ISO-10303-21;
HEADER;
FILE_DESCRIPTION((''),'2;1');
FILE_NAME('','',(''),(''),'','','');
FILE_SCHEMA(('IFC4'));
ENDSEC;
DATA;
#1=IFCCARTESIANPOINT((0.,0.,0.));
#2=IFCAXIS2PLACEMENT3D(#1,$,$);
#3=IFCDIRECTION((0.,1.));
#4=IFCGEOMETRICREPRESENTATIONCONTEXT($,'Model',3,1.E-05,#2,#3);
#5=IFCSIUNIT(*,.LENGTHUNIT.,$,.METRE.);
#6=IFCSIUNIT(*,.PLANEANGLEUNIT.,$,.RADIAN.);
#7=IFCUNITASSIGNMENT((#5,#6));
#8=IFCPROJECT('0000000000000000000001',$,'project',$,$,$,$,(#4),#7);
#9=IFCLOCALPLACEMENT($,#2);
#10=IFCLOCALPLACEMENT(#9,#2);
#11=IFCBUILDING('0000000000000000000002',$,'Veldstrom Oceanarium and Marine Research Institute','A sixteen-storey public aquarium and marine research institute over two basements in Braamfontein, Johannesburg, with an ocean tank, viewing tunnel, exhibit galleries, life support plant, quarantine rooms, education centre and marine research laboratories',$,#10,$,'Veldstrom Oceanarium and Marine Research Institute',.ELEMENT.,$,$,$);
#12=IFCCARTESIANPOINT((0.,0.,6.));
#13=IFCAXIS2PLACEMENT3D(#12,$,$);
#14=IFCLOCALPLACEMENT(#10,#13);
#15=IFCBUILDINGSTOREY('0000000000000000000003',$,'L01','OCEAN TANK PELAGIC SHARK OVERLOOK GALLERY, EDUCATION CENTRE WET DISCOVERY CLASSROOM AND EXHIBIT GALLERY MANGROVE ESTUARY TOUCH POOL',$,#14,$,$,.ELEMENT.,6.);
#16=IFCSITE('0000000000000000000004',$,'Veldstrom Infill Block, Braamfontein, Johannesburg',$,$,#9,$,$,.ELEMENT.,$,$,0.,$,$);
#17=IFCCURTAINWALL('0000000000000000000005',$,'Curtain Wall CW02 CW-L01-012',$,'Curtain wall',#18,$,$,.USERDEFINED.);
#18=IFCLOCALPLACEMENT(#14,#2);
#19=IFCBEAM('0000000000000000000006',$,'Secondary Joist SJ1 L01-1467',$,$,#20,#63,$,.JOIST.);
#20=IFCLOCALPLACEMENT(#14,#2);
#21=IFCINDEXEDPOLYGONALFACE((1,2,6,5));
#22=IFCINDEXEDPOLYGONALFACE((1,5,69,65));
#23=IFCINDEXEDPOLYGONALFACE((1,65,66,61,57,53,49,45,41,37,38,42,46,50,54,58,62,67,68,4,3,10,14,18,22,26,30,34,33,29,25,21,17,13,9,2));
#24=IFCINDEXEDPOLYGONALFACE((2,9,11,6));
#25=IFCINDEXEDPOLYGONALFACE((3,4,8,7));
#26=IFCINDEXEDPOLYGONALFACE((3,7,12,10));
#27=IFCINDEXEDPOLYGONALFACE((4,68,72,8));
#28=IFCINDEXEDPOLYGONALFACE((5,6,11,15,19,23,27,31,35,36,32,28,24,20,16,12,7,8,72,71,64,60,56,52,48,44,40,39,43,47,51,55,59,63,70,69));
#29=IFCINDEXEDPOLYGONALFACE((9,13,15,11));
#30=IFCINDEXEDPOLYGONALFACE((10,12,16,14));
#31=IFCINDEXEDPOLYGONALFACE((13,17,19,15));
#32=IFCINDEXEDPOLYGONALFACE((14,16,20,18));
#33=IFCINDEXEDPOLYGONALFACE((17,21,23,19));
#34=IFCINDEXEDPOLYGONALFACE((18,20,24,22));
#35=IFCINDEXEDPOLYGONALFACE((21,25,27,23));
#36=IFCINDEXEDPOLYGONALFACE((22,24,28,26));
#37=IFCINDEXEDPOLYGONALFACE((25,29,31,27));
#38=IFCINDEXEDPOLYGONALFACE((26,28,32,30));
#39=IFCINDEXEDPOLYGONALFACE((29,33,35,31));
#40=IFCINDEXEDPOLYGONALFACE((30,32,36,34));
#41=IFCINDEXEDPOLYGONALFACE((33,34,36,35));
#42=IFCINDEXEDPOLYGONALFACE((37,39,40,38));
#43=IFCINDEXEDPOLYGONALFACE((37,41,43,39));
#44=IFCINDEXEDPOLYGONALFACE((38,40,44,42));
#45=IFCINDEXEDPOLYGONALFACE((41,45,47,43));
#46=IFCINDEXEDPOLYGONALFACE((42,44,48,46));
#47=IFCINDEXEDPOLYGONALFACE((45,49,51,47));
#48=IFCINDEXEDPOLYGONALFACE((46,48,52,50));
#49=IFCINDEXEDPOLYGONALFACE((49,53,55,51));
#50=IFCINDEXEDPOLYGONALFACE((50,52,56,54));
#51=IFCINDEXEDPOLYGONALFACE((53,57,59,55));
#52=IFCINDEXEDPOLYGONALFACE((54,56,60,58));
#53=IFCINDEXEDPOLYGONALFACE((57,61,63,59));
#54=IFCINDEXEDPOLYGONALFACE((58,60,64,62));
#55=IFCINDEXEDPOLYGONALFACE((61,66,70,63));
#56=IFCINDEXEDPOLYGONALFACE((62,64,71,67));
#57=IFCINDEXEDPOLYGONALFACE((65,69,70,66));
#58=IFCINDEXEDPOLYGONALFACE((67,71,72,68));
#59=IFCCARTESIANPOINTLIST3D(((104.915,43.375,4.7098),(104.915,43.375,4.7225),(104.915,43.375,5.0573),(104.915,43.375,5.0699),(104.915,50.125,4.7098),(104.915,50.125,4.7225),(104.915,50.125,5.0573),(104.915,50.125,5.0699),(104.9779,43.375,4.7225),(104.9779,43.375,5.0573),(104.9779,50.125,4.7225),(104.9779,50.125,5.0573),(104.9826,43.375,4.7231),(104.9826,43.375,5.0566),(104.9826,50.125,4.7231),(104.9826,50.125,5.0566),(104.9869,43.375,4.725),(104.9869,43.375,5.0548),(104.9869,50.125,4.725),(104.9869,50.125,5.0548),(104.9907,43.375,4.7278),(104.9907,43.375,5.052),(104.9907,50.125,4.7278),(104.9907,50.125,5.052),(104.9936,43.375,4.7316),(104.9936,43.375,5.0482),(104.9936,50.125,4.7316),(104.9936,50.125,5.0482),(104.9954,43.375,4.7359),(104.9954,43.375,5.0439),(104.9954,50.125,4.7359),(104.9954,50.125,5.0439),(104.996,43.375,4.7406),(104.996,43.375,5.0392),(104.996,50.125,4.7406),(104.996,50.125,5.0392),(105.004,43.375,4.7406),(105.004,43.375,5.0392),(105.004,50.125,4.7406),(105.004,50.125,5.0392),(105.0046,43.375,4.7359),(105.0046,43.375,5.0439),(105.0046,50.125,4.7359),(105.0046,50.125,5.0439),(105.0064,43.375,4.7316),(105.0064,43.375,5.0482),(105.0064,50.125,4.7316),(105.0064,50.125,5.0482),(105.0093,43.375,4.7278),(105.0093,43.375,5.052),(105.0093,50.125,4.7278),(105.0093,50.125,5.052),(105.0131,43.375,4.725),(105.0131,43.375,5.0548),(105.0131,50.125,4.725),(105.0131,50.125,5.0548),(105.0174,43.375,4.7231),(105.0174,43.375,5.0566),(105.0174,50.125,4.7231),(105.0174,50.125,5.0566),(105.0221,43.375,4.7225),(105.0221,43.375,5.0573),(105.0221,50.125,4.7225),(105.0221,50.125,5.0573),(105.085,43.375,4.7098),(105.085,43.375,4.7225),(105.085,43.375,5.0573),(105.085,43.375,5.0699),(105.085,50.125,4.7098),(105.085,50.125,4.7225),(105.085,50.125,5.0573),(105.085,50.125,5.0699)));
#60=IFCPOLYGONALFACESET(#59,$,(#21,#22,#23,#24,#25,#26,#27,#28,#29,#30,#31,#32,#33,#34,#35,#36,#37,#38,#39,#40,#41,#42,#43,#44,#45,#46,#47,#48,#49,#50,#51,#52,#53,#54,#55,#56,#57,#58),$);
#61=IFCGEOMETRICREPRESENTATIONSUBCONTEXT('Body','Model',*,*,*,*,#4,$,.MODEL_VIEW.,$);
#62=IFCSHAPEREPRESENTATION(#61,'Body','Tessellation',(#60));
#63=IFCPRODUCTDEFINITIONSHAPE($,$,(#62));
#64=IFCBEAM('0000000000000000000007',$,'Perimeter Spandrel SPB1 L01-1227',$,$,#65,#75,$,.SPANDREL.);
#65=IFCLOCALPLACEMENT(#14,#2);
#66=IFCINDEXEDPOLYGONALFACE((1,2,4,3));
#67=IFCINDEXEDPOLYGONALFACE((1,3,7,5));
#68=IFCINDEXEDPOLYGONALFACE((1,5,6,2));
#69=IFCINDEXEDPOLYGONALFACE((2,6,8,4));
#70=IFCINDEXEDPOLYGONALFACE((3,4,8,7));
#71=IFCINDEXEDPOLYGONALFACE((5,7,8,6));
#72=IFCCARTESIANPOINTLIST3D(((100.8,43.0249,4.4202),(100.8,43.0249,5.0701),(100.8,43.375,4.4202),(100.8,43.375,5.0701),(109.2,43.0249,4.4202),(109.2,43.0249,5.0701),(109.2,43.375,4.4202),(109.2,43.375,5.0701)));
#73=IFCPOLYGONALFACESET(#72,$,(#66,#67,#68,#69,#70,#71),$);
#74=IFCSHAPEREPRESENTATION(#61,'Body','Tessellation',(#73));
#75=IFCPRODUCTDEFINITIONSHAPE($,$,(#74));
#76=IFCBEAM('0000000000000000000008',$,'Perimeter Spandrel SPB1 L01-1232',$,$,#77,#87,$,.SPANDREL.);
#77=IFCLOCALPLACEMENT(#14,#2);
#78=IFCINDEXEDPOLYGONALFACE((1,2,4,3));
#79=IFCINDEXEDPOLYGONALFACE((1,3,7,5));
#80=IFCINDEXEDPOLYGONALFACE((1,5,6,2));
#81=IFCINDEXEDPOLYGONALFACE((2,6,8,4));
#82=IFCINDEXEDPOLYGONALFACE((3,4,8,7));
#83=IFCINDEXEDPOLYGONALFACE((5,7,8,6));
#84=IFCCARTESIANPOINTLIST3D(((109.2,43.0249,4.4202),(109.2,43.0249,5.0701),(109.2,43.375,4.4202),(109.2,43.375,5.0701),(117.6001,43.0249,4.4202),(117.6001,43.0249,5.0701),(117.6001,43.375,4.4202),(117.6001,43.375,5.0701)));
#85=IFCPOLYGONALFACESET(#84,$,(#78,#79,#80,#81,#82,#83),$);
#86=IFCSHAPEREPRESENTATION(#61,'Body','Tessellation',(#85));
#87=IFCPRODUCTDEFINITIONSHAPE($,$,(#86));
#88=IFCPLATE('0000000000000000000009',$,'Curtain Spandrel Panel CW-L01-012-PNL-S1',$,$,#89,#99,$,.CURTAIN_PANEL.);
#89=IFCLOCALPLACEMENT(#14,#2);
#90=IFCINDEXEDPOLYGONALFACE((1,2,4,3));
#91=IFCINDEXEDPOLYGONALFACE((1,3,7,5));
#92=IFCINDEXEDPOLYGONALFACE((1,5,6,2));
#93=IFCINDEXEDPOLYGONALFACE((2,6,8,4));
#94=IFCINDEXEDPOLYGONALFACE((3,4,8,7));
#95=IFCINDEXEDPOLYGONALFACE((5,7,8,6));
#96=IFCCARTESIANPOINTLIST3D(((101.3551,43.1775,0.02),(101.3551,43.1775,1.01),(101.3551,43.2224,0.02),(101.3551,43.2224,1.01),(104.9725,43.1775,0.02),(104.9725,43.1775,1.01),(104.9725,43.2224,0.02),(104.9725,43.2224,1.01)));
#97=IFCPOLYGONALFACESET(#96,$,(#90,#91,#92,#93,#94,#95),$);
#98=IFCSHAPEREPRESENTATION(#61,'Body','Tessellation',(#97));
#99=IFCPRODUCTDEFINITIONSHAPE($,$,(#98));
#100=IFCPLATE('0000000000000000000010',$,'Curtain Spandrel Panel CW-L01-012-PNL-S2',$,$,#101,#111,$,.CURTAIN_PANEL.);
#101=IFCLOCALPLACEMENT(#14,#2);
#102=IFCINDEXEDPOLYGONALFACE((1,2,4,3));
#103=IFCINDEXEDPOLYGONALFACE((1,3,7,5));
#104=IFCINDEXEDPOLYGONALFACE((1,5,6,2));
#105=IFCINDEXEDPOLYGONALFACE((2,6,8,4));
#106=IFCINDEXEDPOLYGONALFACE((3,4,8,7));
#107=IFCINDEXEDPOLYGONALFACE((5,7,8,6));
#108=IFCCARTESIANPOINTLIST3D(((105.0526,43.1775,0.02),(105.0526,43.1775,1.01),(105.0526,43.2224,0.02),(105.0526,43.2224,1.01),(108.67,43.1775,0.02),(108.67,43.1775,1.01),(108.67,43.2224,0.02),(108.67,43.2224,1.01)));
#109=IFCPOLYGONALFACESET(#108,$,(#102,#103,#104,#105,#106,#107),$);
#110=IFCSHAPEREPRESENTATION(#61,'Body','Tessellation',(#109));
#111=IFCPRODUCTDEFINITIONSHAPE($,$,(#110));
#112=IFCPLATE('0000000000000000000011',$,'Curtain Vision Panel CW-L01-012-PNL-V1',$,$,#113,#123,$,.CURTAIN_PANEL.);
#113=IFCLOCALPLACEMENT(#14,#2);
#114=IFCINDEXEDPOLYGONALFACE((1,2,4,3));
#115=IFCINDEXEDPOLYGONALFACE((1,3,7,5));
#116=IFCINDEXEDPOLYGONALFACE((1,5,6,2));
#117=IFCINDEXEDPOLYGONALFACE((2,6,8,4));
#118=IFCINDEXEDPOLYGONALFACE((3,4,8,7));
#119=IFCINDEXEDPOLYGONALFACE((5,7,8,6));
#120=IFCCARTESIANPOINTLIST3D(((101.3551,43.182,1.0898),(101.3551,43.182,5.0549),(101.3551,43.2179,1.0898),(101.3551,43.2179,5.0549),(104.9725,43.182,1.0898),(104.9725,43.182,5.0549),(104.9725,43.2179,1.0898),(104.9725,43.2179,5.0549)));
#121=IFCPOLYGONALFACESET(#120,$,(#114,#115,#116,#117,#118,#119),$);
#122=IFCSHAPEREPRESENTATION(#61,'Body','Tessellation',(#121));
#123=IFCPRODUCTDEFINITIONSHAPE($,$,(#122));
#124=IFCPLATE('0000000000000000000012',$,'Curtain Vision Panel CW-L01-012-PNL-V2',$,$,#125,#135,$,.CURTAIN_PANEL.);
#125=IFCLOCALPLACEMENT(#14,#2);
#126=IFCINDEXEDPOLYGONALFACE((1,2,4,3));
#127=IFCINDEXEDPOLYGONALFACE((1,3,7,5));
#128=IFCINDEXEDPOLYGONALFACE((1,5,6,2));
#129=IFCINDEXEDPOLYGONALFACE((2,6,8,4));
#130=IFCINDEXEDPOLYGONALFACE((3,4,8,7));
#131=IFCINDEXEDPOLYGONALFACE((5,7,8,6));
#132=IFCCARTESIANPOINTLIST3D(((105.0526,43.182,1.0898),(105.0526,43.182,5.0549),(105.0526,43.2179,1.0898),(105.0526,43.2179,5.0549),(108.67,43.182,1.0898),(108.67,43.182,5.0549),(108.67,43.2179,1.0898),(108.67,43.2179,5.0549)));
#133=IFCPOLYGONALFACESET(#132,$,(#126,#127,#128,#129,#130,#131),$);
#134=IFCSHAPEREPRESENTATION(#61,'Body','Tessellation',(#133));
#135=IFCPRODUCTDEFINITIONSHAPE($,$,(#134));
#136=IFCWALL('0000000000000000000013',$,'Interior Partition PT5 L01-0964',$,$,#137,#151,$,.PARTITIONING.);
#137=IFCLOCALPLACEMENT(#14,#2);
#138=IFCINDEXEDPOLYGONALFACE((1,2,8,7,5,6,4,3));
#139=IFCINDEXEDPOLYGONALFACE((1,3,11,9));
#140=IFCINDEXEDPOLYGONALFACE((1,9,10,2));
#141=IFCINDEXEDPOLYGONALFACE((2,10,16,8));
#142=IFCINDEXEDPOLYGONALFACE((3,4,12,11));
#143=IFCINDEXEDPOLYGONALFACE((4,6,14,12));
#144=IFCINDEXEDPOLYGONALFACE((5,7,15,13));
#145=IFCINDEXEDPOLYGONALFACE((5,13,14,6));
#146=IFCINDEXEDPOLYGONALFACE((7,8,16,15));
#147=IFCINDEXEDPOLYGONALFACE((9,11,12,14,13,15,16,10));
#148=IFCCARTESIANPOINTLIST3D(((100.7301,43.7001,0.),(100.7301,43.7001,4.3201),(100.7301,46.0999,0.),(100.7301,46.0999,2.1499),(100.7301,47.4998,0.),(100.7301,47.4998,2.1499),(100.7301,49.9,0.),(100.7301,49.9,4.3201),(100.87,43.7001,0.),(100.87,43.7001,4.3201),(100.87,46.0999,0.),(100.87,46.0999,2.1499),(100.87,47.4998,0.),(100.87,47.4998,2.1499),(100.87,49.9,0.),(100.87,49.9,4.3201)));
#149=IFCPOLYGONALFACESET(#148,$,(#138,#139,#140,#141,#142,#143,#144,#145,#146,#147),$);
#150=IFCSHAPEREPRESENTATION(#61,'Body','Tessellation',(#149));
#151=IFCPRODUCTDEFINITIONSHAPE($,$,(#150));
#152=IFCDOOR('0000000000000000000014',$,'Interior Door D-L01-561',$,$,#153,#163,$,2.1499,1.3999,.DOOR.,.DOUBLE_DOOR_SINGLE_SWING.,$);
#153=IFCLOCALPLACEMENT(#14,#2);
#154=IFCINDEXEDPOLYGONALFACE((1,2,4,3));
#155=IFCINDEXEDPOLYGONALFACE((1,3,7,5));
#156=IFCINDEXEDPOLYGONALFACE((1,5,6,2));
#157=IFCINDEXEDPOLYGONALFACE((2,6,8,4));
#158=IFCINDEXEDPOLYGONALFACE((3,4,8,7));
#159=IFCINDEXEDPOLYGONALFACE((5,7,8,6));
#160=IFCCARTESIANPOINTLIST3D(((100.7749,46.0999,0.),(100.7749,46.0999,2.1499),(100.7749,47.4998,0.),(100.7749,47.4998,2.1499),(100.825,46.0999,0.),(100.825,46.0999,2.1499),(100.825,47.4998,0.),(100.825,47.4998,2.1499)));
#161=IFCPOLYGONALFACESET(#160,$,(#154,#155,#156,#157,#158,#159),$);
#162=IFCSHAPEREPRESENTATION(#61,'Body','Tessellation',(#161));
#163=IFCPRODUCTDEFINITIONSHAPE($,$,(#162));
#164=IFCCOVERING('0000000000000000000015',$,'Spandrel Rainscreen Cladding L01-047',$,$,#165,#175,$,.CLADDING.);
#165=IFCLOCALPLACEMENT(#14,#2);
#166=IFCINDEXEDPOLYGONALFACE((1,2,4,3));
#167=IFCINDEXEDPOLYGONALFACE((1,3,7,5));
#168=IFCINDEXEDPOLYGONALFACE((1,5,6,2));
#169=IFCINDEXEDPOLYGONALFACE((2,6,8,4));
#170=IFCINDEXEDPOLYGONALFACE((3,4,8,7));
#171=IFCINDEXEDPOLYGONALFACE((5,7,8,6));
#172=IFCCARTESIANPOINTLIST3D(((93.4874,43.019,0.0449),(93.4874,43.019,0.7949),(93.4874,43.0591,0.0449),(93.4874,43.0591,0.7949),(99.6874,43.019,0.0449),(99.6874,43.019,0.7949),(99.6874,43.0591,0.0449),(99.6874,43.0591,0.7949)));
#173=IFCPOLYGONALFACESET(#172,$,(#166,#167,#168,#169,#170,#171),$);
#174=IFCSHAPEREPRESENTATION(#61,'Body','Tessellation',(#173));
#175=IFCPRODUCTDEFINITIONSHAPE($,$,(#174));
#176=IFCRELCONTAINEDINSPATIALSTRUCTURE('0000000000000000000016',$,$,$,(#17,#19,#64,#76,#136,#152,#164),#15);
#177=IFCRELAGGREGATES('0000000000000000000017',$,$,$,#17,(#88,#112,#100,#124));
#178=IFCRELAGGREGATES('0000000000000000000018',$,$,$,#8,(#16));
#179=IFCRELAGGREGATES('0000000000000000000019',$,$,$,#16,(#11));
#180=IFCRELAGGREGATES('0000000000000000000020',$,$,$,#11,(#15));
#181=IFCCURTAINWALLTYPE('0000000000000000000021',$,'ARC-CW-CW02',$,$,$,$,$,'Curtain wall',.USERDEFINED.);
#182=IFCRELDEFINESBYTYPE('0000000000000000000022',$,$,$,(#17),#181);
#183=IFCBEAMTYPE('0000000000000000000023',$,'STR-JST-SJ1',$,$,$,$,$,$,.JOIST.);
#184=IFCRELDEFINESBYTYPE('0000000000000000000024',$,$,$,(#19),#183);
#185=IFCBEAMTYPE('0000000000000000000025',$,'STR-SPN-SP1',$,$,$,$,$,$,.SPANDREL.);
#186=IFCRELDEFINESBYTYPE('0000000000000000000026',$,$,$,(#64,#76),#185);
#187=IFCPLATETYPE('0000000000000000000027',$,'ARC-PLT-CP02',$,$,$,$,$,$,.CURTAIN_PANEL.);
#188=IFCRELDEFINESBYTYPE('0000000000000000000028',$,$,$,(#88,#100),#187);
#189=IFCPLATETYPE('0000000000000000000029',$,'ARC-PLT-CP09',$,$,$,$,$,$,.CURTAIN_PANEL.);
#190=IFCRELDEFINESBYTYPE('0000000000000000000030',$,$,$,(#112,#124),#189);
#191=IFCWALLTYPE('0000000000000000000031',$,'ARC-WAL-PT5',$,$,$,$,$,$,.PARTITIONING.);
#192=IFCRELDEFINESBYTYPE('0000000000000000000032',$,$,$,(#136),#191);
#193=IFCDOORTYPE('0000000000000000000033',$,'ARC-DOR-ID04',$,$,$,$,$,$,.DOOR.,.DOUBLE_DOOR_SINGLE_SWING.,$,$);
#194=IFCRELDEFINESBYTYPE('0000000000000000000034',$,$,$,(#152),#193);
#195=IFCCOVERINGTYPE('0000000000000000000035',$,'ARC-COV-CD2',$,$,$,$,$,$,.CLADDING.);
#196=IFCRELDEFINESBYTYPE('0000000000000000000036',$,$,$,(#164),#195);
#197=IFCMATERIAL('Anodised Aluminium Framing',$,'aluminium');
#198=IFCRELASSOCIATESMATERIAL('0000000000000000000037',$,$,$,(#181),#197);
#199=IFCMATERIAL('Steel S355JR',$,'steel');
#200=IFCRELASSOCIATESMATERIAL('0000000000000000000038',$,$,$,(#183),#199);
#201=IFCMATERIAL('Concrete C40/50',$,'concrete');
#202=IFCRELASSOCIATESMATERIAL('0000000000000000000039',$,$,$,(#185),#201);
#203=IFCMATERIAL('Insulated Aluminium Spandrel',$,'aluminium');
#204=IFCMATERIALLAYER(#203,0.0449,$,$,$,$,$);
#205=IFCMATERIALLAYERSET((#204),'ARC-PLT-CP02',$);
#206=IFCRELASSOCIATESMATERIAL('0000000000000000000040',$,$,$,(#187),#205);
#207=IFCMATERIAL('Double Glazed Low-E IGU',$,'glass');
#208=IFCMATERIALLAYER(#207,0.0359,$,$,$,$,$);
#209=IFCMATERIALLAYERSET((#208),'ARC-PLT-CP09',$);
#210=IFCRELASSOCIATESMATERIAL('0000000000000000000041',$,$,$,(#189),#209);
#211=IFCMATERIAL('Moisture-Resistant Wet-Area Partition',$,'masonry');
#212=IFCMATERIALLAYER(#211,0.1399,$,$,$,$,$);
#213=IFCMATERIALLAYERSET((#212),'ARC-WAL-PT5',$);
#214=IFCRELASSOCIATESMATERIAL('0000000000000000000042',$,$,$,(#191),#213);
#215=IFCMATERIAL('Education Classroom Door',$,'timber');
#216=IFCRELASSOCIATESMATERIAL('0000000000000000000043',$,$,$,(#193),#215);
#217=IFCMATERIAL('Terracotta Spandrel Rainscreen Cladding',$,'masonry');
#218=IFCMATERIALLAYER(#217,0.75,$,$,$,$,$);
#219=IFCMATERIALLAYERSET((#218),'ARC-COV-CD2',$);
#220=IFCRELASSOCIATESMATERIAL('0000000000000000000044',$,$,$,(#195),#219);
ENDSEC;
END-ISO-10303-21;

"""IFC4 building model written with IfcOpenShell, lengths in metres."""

from ifc_helpers import new_model, si_unit, direction, frame, frame_2d, origin, origin_2d, place, context, subcontext, project, spatial, rectangle, i_section, extrude, material, layer, layer_set, material_profile, profile_set, type_object, element, fill, aggregate, save


model = new_model("IFC4")

# Units and contexts
model_context = context("Model", 3, precision=1e-05, world=origin(), true_north=direction((0.0, 1.0)))
body_context = subcontext(model_context, "Body", "Model", "MODEL_VIEW")
ifc_project = project(units=[si_unit("LENGTHUNIT", "METRE"), si_unit("PLANEANGLEUNIT", "RADIAN")], contexts=[model_context])

# Site, building, storey
site_placement = place(None, origin())
site = spatial("IfcSite", under=ifc_project, at=site_placement, Name="Veldstrom Infill Block, Braamfontein, Johannesburg", CompositionType="ELEMENT", RefElevation=0.0)
building_placement = place(site_placement, origin())
building = spatial("IfcBuilding", under=site, at=building_placement, Name="Veldstrom Oceanarium and Marine Research Institute", Description="A sixteen-storey public aquarium and marine research institute over two basements in Braamfontein, Johannesburg, with an ocean tank, viewing tunnel, exhibit galleries, life support plant, quarantine rooms, education centre and marine research laboratories", LongName="Veldstrom Oceanarium and Marine Research Institute", CompositionType="ELEMENT")
storey_placement = place(building_placement, frame((0.0, 0.0, 6.0)))
storey = spatial("IfcBuildingStorey", under=building, at=storey_placement, Name="L01", Description="OCEAN TANK PELAGIC SHARK OVERLOOK GALLERY, EDUCATION CENTRE WET DISCOVERY CLASSROOM AND EXHIBIT GALLERY MANGROVE ESTUARY TOUCH POOL", CompositionType="ELEMENT", Elevation=6.0)

# Curtain wall
ifc_material_1 = material(Name="Anodised Aluminium Framing", Category="aluminium")
curtain_wall_type = type_object("IfcCurtainWallType", Name="ARC-CW-CW02", ElementType="Curtain wall", PredefinedType="USERDEFINED", material=ifc_material_1)
curtain_wall_placement = place(storey_placement, origin())
curtain_wall = element("IfcCurtainWall", 1, at=curtain_wall_placement, inside=storey, type_object=curtain_wall_type, Name="Curtain Wall CW02 CW-L01-012", ObjectType="Curtain wall", PredefinedType="USERDEFINED")

# Beams
ifc_material_2 = material(Name="Steel S355JR", Category="steel")
ifc_material_profile_1 = material_profile(ifc_material_2, i_section(OverallWidth=0.1699, OverallDepth=0.3601, WebThickness=0.0081, FlangeThickness=0.0127, FilletRadius=0.0181, at=origin_2d()), Name="IPE 360")
ifc_profile_set_1 = profile_set([ifc_material_profile_1], Name="Steel S355JR")
beam_type_1 = type_object("IfcBeamType", Name="STR-JST-SJ1", PredefinedType="JOIST", material=ifc_profile_set_1)
beam_1_placement = place(storey_placement, frame((105.0, 43.375, 4.8899), z_axis=(0.0, 1.0, 0.0), x_axis=(-1.0, 0.0, 0.0)))
element("IfcBeam", 2, at=beam_1_placement, inside=storey, type_object=beam_type_1, Name="Secondary Joist SJ1 L01-1467", PredefinedType="JOIST", context=body_context, shape_type="SweptSolid", body=[
    extrude(i_section(OverallWidth=0.1699, OverallDepth=0.3601, WebThickness=0.0081, FlangeThickness=0.0127, FilletRadius=0.0181, at=origin_2d()), origin(), (0.0, 0.0, 1.0), 6.75),
])
ifc_material_3 = material(Name="Concrete C40/50", Category="concrete")
ifc_material_profile_2 = material_profile(ifc_material_3, rectangle(XDim=0.3501, YDim=0.6499, at=origin_2d()), Name="RC-SPN-350x650")
ifc_profile_set_2 = profile_set([ifc_material_profile_2], Name="Concrete C40/50")
beam_type_2 = type_object("IfcBeamType", Name="STR-SPN-SP1", PredefinedType="SPANDREL", material=ifc_profile_set_2)
beam_2_placement = place(storey_placement, frame((100.8, 43.2, 4.7451), z_axis=(1.0, 0.0, 0.0), x_axis=(0.0, 1.0, 0.0)))
element("IfcBeam", 3, at=beam_2_placement, inside=storey, type_object=beam_type_2, Name="Perimeter Spandrel SPB1 L01-1227", PredefinedType="SPANDREL", context=body_context, shape_type="SweptSolid", body=[
    extrude(rectangle(XDim=0.3501, YDim=0.6499, at=origin_2d()), origin(), (0.0, 0.0, 1.0), 8.3999),
])
beam_3_placement = place(storey_placement, frame((109.2, 43.2, 4.7451), z_axis=(1.0, 0.0, 0.0), x_axis=(0.0, 1.0, 0.0)))
element("IfcBeam", 4, at=beam_3_placement, inside=storey, type_object=beam_type_2, Name="Perimeter Spandrel SPB1 L01-1232", PredefinedType="SPANDREL", context=body_context, shape_type="SweptSolid", body=[
    extrude(rectangle(XDim=0.3501, YDim=0.6499, at=origin_2d()), origin(), (0.0, 0.0, 1.0), 8.4001),
])

# Plates
ifc_material_4 = material(Name="Insulated Aluminium Spandrel", Category="aluminium")
ifc_layer_1 = layer(ifc_material_4, 0.0449)
ifc_layer_set_1 = layer_set([ifc_layer_1], Name="ARC-PLT-CP02")
plate_type_1 = type_object("IfcPlateType", Name="ARC-PLT-CP02", PredefinedType="CURTAIN_PANEL", material=ifc_layer_set_1)
plate_1_placement = place(storey_placement, frame((103.1638, 43.2, 0.02), z_axis=(0.0, 0.0, 1.0), x_axis=(1.0, 0.0, 0.0)))
plate_1 = element("IfcPlate", 5, at=plate_1_placement, type_object=plate_type_1, Name="Curtain Spandrel Panel CW-L01-012-PNL-S1", PredefinedType="CURTAIN_PANEL", context=body_context, shape_type="SweptSolid", body=[
    extrude(rectangle(XDim=3.6174, YDim=0.0449, at=origin_2d()), origin(), (0.0, 0.0, 1.0), 0.99),
])
plate_2_placement = place(storey_placement, frame((106.8613, 43.2, 0.02), z_axis=(0.0, 0.0, 1.0), x_axis=(1.0, 0.0, 0.0)))
plate_2 = element("IfcPlate", 6, at=plate_2_placement, type_object=plate_type_1, Name="Curtain Spandrel Panel CW-L01-012-PNL-S2", PredefinedType="CURTAIN_PANEL", context=body_context, shape_type="SweptSolid", body=[
    extrude(rectangle(XDim=3.6174, YDim=0.0449, at=origin_2d()), origin(), (0.0, 0.0, 1.0), 0.99),
])
ifc_material_5 = material(Name="Double Glazed Low-E IGU", Category="glass")
ifc_layer_2 = layer(ifc_material_5, 0.0359)
ifc_layer_set_2 = layer_set([ifc_layer_2], Name="ARC-PLT-CP09")
plate_type_2 = type_object("IfcPlateType", Name="ARC-PLT-CP09", PredefinedType="CURTAIN_PANEL", material=ifc_layer_set_2)
plate_3_placement = place(storey_placement, frame((103.1638, 43.2, 1.0898), z_axis=(0.0, 0.0, 1.0), x_axis=(1.0, 0.0, 0.0)))
plate_3 = element("IfcPlate", 7, at=plate_3_placement, type_object=plate_type_2, Name="Curtain Vision Panel CW-L01-012-PNL-V1", PredefinedType="CURTAIN_PANEL", context=body_context, shape_type="SweptSolid", body=[
    extrude(rectangle(XDim=3.6174, YDim=0.0359, at=origin_2d()), origin(), (0.0, 0.0, 1.0), 3.9651),
])
plate_4_placement = place(storey_placement, frame((106.8613, 43.2, 1.0898), z_axis=(0.0, 0.0, 1.0), x_axis=(1.0, 0.0, 0.0)))
plate_4 = element("IfcPlate", 8, at=plate_4_placement, type_object=plate_type_2, Name="Curtain Vision Panel CW-L01-012-PNL-V2", PredefinedType="CURTAIN_PANEL", context=body_context, shape_type="SweptSolid", body=[
    extrude(rectangle(XDim=3.6174, YDim=0.0359, at=origin_2d()), origin(), (0.0, 0.0, 1.0), 3.9651),
])
aggregate(curtain_wall, [plate_1, plate_3, plate_2, plate_4])

# Wall, opening, door
ifc_material_6 = material(Name="Moisture-Resistant Wet-Area Partition", Category="masonry")
ifc_layer_3 = layer(ifc_material_6, 0.1399)
ifc_layer_set_3 = layer_set([ifc_layer_3], Name="ARC-WAL-PT5")
wall_type = type_object("IfcWallType", Name="ARC-WAL-PT5", PredefinedType="PARTITIONING", material=ifc_layer_set_3)
wall_placement = place(storey_placement, frame((100.8, 43.7, 0.0), z_axis=(0.0, 0.0, 1.0), x_axis=(0.0, 1.0, 0.0)))
wall = element("IfcWall", 9, at=wall_placement, inside=storey, type_object=wall_type, Name="Interior Partition PT5 L01-0964", PredefinedType="PARTITIONING", context=body_context, shape_type="SweptSolid", body=[
    extrude(rectangle(XDim=6.2, YDim=0.1399, at=frame_2d((3.1001, 0.0))), origin(), (0.0, 0.0, 1.0), 4.3201),
])
opening_placement = place(wall_placement, frame((2.3999, 0.0, 0.0)))
opening = element("IfcOpeningElement", 10, at=opening_placement, cuts=wall, PredefinedType="OPENING", context=body_context, shape_type="SweptSolid", body=[
    extrude(rectangle(XDim=1.3999, YDim=2.1499, at=frame_2d((0.7, 1.075))), frame((0.0, 0.0798, 0.0), z_axis=(0.0, -1.0, 0.0), x_axis=(1.0, 0.0, 0.0)), (0.0, 0.0, 1.0), 0.1599),
])
ifc_material_7 = material(Name="Education Classroom Door", Category="timber")
door_type = type_object("IfcDoorType", Name="ARC-DOR-ID04", OperationType="DOUBLE_DOOR_SINGLE_SWING", PredefinedType="DOOR", material=ifc_material_7)
door_placement = place(opening_placement, frame((1.3999, 0.0, 0.0), z_axis=(0.0, 0.0, 1.0), x_axis=(-1.0, 0.0, 0.0)))
door = element("IfcDoor", 11, at=door_placement, inside=storey, type_object=door_type, Name="Interior Door D-L01-561", OperationType="DOUBLE_DOOR_SINGLE_SWING", OverallHeight=2.1499, OverallWidth=1.3999, PredefinedType="DOOR", context=body_context, shape_type="SweptSolid", body=[
    extrude(rectangle(XDim=1.3999, YDim=2.1499, at=frame_2d((0.7, 1.075))), frame((0.0, 0.0249, 0.0), z_axis=(0.0, -1.0, 0.0), x_axis=(1.0, 0.0, 0.0)), (0.0, 0.0, 1.0), 0.05),
])
fill(opening, door)

# Covering
ifc_material_8 = material(Name="Terracotta Spandrel Rainscreen Cladding", Category="masonry")
ifc_layer_4 = layer(ifc_material_8, 0.75)
ifc_layer_set_4 = layer_set([ifc_layer_4], Name="ARC-COV-CD2")
covering_type = type_object("IfcCoveringType", Name="ARC-COV-CD2", PredefinedType="CLADDING", material=ifc_layer_set_4)
covering_placement = place(storey_placement, frame((96.5874, 43.0391, 0.0449), z_axis=(0.0, 0.0, 1.0), x_axis=(1.0, 0.0, 0.0)))
element("IfcCovering", 12, at=covering_placement, inside=storey, type_object=covering_type, Name="Spandrel Rainscreen Cladding L01-047", PredefinedType="CLADDING", context=body_context, shape_type="SweptSolid", body=[
    extrude(rectangle(XDim=6.2, YDim=0.04, at=origin_2d()), origin(), (0.0, 0.0, 1.0), 0.75),
])

save(model, "model.ifc")
